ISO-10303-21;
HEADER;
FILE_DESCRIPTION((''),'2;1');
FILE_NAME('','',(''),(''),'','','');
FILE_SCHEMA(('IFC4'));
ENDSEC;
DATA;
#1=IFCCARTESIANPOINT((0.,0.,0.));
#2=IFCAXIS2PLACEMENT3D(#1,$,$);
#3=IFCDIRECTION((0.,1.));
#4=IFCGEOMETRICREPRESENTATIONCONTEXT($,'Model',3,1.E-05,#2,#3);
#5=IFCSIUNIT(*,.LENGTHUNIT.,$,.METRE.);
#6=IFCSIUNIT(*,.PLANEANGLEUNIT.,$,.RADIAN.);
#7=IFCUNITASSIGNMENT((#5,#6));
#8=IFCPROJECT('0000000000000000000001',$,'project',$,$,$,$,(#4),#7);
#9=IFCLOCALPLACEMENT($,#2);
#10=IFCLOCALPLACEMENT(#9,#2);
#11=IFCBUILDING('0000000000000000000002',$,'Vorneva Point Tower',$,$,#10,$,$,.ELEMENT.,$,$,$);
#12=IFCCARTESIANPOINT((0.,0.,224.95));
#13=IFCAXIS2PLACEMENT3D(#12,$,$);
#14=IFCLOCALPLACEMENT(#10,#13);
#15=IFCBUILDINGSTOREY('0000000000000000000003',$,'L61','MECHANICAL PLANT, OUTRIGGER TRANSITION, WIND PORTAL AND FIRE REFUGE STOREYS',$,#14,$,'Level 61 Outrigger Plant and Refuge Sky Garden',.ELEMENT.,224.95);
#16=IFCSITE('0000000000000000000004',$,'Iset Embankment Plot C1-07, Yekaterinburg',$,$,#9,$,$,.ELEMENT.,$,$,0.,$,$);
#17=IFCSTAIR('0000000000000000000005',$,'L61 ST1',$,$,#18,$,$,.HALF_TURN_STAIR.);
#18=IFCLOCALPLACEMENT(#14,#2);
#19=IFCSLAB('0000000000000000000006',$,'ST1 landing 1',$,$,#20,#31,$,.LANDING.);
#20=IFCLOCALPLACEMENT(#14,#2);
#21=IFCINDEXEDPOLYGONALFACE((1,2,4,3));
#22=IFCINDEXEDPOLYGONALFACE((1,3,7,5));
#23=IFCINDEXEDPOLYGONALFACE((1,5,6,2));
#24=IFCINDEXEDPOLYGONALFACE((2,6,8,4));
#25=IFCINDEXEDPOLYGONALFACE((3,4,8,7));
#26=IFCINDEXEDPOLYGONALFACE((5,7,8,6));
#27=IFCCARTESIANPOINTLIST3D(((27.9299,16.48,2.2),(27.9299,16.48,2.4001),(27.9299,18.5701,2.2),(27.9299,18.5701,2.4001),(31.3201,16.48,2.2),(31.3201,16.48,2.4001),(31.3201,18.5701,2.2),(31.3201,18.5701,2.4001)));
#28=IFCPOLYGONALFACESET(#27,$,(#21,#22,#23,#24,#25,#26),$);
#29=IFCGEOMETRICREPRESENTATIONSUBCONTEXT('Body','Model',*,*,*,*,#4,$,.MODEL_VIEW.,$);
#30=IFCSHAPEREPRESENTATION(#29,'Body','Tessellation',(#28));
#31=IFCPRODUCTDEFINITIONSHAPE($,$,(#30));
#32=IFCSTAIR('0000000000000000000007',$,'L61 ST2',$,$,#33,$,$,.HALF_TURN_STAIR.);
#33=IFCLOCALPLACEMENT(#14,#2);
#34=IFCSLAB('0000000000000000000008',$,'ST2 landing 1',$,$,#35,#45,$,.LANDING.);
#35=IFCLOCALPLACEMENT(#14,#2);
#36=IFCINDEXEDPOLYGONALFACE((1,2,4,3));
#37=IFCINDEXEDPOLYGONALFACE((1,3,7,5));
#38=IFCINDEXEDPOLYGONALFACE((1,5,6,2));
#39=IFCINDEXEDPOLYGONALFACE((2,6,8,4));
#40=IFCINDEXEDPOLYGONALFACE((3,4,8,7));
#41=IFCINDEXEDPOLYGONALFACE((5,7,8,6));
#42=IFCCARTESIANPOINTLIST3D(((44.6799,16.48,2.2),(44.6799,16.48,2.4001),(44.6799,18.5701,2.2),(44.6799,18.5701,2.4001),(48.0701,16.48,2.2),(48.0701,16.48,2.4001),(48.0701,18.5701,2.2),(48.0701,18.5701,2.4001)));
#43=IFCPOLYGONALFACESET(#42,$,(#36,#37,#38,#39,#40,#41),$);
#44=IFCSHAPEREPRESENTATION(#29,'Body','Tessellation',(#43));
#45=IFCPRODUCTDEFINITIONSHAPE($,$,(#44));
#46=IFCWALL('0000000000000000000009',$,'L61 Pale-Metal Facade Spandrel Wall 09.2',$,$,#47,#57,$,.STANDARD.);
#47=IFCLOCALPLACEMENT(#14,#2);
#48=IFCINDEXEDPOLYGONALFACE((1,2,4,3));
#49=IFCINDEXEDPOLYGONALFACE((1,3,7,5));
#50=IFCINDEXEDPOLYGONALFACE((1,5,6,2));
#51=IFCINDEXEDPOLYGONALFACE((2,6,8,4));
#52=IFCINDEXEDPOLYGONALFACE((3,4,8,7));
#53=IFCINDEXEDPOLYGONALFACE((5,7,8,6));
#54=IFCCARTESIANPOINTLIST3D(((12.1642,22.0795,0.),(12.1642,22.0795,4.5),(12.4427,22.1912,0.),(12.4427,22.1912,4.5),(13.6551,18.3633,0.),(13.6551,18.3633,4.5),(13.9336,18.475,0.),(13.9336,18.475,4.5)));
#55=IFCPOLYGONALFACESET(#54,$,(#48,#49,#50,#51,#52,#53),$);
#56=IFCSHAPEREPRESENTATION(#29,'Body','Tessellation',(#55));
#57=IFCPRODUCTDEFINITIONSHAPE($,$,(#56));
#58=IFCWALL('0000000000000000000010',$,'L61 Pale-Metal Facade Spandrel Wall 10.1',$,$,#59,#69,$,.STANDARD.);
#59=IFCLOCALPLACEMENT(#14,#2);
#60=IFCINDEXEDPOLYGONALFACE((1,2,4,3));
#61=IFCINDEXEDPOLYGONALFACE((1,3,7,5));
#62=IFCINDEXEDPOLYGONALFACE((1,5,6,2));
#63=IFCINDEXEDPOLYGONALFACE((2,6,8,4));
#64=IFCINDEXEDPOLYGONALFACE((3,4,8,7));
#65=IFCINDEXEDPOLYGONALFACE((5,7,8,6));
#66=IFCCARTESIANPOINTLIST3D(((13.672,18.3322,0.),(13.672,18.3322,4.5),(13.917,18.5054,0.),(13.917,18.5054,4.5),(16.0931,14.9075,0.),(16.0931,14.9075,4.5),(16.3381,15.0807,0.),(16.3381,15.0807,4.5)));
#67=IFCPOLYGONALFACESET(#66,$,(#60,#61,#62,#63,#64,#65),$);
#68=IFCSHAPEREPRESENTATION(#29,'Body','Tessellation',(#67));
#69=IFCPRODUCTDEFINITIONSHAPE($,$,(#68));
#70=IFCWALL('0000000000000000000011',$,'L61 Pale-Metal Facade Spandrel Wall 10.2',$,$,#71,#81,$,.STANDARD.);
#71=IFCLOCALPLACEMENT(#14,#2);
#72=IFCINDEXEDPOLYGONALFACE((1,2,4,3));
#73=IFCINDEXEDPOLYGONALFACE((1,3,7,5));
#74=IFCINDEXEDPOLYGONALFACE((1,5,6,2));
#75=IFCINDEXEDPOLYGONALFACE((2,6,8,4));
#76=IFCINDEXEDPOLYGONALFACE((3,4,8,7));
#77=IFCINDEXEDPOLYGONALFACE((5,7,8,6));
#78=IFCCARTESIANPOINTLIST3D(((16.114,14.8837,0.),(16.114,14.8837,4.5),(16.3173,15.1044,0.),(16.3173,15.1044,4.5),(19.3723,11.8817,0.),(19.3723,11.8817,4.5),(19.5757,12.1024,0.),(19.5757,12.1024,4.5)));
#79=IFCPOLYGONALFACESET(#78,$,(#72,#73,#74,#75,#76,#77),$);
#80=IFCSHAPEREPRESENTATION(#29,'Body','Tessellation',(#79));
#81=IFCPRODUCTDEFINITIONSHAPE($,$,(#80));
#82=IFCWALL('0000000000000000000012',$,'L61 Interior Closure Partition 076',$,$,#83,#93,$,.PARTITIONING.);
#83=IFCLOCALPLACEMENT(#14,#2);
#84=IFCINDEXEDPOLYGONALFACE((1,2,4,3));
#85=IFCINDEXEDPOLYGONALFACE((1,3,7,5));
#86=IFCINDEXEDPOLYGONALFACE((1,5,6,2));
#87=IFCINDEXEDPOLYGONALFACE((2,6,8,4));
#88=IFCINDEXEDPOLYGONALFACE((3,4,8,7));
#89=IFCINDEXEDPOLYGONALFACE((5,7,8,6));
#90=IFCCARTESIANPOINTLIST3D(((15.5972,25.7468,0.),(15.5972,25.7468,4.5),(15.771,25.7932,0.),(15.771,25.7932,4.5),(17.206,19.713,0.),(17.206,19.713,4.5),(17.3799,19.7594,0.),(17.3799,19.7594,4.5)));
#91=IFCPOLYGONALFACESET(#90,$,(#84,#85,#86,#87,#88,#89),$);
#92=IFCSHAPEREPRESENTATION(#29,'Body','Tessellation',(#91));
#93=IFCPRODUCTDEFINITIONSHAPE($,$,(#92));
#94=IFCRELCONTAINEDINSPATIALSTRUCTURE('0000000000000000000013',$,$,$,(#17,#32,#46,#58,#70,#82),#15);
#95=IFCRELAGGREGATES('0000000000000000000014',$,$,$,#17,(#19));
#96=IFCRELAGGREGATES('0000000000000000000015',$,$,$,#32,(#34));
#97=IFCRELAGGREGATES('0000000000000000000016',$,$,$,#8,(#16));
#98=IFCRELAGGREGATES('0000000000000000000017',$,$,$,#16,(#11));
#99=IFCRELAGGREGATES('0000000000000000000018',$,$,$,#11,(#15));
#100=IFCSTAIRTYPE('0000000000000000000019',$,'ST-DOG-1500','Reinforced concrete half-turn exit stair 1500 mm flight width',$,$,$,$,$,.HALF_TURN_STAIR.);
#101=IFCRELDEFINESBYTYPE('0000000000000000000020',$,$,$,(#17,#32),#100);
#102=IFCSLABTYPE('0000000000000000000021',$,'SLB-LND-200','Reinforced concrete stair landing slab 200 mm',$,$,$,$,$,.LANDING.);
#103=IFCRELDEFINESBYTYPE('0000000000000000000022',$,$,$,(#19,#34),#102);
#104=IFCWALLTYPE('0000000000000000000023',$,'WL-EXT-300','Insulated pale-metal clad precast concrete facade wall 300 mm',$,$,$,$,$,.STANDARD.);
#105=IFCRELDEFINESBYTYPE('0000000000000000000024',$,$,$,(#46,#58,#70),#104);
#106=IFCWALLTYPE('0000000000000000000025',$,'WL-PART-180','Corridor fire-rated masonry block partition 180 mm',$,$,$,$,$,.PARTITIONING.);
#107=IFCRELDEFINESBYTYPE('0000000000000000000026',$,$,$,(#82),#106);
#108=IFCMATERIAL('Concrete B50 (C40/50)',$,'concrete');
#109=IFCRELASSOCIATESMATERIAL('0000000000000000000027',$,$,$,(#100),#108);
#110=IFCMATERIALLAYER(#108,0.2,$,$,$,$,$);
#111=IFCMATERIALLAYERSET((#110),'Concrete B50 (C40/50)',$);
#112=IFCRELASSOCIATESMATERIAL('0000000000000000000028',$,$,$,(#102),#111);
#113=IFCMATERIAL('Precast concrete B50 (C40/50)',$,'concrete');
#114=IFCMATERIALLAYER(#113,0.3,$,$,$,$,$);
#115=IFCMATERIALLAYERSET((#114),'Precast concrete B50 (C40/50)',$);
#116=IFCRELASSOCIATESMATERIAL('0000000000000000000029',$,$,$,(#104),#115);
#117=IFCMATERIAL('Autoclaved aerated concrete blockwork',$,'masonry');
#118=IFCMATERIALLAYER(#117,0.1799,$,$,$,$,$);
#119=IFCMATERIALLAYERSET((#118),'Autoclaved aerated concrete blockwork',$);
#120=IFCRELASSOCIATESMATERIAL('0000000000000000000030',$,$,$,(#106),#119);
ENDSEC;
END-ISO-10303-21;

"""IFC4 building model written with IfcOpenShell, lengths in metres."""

from ifc_helpers import new_model, si_unit, direction, frame, frame_2d, origin, place, context, subcontext, project, spatial, polyline, rectangle, outline, extrude, material, layer, layer_set, type_object, element, aggregate, save


model = new_model("IFC4")

# Units and contexts
model_context = context("Model", 3, precision=1e-05, world=origin(), true_north=direction((0.0, 1.0)))
body_context = subcontext(model_context, "Body", "Model", "MODEL_VIEW")
ifc_project = project(units=[si_unit("LENGTHUNIT", "METRE"), si_unit("PLANEANGLEUNIT", "RADIAN")], contexts=[model_context])

# Site, building, storey
site_placement = place(None, origin())
site = spatial("IfcSite", under=ifc_project, at=site_placement, Name="Iset Embankment Plot C1-07, Yekaterinburg", CompositionType="ELEMENT", RefElevation=0.0)
building_placement = place(site_placement, origin())
building = spatial("IfcBuilding", under=site, at=building_placement, Name="Vorneva Point Tower", CompositionType="ELEMENT")
storey_placement = place(building_placement, frame((0.0, 0.0, 224.95)))
storey = spatial("IfcBuildingStorey", under=building, at=storey_placement, Name="L61", Description="MECHANICAL PLANT, OUTRIGGER TRANSITION, WIND PORTAL AND FIRE REFUGE STOREYS", LongName="Level 61 Outrigger Plant and Refuge Sky Garden", CompositionType="ELEMENT", Elevation=224.95)

# Shared definitions
ifc_material_1 = material(Name="Concrete B50 (C40/50)", Category="concrete")

# Stairs, slabs
stair_type = type_object("IfcStairType", Name="ST-DOG-1500", Description="Reinforced concrete half-turn exit stair 1500 mm flight width", PredefinedType="HALF_TURN_STAIR", material=ifc_material_1)
stair_1_placement = place(storey_placement, origin())
stair_1 = element("IfcStair", 1, at=stair_1_placement, inside=storey, type_object=stair_type, Name="L61 ST1", PredefinedType="HALF_TURN_STAIR")
ifc_layer_1 = layer(ifc_material_1, 0.2)
ifc_layer_set_1 = layer_set([ifc_layer_1], Name="Concrete B50 (C40/50)")
slab_type_1 = type_object("IfcSlabType", Name="SLB-LND-200", Description="Reinforced concrete stair landing slab 200 mm", PredefinedType="LANDING", material=ifc_layer_set_1)
slab_1_placement = place(storey_placement, frame((0.0, 0.0, 2.2)))
slab_1 = element("IfcSlab", 2, at=slab_1_placement, type_object=slab_type_1, Name="ST1 landing 1", PredefinedType="LANDING", context=body_context, shape_type="SweptSolid", body=[
    extrude(outline(polyline([(27.9299, 16.48), (31.3201, 16.48), (31.3201, 18.5701), (27.9299, 18.5701), (27.9299, 16.48)])), origin(), (0.0, 0.0, 1.0), 0.2002),
])
aggregate(stair_1, [slab_1])
stair_2_placement = place(storey_placement, origin())
stair_2 = element("IfcStair", 3, at=stair_2_placement, inside=storey, type_object=stair_type, Name="L61 ST2", PredefinedType="HALF_TURN_STAIR")
slab_2_placement = place(storey_placement, frame((0.0, 0.0, 2.2)))
slab_2 = element("IfcSlab", 4, at=slab_2_placement, type_object=slab_type_1, Name="ST2 landing 1", PredefinedType="LANDING", context=body_context, shape_type="SweptSolid", body=[
    extrude(outline(polyline([(44.6799, 16.48), (48.0701, 16.48), (48.0701, 18.5701), (44.6799, 18.5701), (44.6799, 16.48)])), origin(), (0.0, 0.0, 1.0), 0.2002),
])
aggregate(stair_2, [slab_2])

# Walls
ifc_material_2 = material(Name="Precast concrete B50 (C40/50)", Category="concrete")
ifc_layer_2 = layer(ifc_material_2, 0.3)
ifc_layer_set_2 = layer_set([ifc_layer_2], Name="Precast concrete B50 (C40/50)")
wall_type_1 = type_object("IfcWallType", Name="WL-EXT-300", Description="Insulated pale-metal clad precast concrete facade wall 300 mm", PredefinedType="STANDARD", material=ifc_layer_set_2)
wall_1_placement = place(storey_placement, frame((12.3035, 22.1353, 0.0), z_axis=(0.0, 0.0, 1.0), x_axis=(0.372347, -0.928094, 0.0)))
element("IfcWall", 5, at=wall_1_placement, inside=storey, type_object=wall_type_1, Name="L61 Pale-Metal Facade Spandrel Wall 09.2", PredefinedType="STANDARD", context=body_context, shape_type="SweptSolid", body=[
    extrude(rectangle(XDim=4.0042, YDim=0.3, at=frame_2d((2.002, 0.0))), origin(), (0.0, 0.0, 1.0), 4.5),
])
wall_2_placement = place(storey_placement, frame((13.7944, 18.4189, 0.0), z_axis=(0.0, 0.0, 1.0), x_axis=(0.577261, -0.81656, 0.0)))
element("IfcWall", 6, at=wall_2_placement, inside=storey, type_object=wall_type_1, Name="L61 Pale-Metal Facade Spandrel Wall 10.1", PredefinedType="STANDARD", context=body_context, shape_type="SweptSolid", body=[
    extrude(rectangle(XDim=4.1941, YDim=0.3, at=frame_2d((2.0972, 0.0))), origin(), (0.0, 0.0, 1.0), 4.5),
])
wall_3_placement = place(storey_placement, frame((16.2156, 14.9941, 0.0), z_axis=(0.0, 0.0, 1.0), x_axis=(0.735445, -0.677584, 0.0)))
element("IfcWall", 7, at=wall_3_placement, inside=storey, type_object=wall_type_1, Name="L61 Pale-Metal Facade Spandrel Wall 10.2", PredefinedType="STANDARD", context=body_context, shape_type="SweptSolid", body=[
    extrude(rectangle(XDim=4.4304, YDim=0.3, at=frame_2d((2.2153, 0.0))), origin(), (0.0, 0.0, 1.0), 4.5),
])
ifc_material_3 = material(Name="Autoclaved aerated concrete blockwork", Category="masonry")
ifc_layer_3 = layer(ifc_material_3, 0.1799)
ifc_layer_set_3 = layer_set([ifc_layer_3], Name="Autoclaved aerated concrete blockwork")
wall_type_2 = type_object("IfcWallType", Name="WL-PART-180", Description="Corridor fire-rated masonry block partition 180 mm", PredefinedType="PARTITIONING", material=ifc_layer_set_3)
wall_4_placement = place(storey_placement, frame((15.6841, 25.77, 0.0), z_axis=(0.0, 0.0, 1.0), x_axis=(0.257638, -0.966241, 0.0)))
element("IfcWall", 8, at=wall_4_placement, inside=storey, type_object=wall_type_2, Name="L61 Interior Closure Partition 076", PredefinedType="PARTITIONING", context=body_context, shape_type="SweptSolid", body=[
    extrude(rectangle(XDim=6.2446, YDim=0.1799, at=frame_2d((3.1223, 0.0))), origin(), (0.0, 0.0, 1.0), 4.5),
])

save(model, "model.ifc")
